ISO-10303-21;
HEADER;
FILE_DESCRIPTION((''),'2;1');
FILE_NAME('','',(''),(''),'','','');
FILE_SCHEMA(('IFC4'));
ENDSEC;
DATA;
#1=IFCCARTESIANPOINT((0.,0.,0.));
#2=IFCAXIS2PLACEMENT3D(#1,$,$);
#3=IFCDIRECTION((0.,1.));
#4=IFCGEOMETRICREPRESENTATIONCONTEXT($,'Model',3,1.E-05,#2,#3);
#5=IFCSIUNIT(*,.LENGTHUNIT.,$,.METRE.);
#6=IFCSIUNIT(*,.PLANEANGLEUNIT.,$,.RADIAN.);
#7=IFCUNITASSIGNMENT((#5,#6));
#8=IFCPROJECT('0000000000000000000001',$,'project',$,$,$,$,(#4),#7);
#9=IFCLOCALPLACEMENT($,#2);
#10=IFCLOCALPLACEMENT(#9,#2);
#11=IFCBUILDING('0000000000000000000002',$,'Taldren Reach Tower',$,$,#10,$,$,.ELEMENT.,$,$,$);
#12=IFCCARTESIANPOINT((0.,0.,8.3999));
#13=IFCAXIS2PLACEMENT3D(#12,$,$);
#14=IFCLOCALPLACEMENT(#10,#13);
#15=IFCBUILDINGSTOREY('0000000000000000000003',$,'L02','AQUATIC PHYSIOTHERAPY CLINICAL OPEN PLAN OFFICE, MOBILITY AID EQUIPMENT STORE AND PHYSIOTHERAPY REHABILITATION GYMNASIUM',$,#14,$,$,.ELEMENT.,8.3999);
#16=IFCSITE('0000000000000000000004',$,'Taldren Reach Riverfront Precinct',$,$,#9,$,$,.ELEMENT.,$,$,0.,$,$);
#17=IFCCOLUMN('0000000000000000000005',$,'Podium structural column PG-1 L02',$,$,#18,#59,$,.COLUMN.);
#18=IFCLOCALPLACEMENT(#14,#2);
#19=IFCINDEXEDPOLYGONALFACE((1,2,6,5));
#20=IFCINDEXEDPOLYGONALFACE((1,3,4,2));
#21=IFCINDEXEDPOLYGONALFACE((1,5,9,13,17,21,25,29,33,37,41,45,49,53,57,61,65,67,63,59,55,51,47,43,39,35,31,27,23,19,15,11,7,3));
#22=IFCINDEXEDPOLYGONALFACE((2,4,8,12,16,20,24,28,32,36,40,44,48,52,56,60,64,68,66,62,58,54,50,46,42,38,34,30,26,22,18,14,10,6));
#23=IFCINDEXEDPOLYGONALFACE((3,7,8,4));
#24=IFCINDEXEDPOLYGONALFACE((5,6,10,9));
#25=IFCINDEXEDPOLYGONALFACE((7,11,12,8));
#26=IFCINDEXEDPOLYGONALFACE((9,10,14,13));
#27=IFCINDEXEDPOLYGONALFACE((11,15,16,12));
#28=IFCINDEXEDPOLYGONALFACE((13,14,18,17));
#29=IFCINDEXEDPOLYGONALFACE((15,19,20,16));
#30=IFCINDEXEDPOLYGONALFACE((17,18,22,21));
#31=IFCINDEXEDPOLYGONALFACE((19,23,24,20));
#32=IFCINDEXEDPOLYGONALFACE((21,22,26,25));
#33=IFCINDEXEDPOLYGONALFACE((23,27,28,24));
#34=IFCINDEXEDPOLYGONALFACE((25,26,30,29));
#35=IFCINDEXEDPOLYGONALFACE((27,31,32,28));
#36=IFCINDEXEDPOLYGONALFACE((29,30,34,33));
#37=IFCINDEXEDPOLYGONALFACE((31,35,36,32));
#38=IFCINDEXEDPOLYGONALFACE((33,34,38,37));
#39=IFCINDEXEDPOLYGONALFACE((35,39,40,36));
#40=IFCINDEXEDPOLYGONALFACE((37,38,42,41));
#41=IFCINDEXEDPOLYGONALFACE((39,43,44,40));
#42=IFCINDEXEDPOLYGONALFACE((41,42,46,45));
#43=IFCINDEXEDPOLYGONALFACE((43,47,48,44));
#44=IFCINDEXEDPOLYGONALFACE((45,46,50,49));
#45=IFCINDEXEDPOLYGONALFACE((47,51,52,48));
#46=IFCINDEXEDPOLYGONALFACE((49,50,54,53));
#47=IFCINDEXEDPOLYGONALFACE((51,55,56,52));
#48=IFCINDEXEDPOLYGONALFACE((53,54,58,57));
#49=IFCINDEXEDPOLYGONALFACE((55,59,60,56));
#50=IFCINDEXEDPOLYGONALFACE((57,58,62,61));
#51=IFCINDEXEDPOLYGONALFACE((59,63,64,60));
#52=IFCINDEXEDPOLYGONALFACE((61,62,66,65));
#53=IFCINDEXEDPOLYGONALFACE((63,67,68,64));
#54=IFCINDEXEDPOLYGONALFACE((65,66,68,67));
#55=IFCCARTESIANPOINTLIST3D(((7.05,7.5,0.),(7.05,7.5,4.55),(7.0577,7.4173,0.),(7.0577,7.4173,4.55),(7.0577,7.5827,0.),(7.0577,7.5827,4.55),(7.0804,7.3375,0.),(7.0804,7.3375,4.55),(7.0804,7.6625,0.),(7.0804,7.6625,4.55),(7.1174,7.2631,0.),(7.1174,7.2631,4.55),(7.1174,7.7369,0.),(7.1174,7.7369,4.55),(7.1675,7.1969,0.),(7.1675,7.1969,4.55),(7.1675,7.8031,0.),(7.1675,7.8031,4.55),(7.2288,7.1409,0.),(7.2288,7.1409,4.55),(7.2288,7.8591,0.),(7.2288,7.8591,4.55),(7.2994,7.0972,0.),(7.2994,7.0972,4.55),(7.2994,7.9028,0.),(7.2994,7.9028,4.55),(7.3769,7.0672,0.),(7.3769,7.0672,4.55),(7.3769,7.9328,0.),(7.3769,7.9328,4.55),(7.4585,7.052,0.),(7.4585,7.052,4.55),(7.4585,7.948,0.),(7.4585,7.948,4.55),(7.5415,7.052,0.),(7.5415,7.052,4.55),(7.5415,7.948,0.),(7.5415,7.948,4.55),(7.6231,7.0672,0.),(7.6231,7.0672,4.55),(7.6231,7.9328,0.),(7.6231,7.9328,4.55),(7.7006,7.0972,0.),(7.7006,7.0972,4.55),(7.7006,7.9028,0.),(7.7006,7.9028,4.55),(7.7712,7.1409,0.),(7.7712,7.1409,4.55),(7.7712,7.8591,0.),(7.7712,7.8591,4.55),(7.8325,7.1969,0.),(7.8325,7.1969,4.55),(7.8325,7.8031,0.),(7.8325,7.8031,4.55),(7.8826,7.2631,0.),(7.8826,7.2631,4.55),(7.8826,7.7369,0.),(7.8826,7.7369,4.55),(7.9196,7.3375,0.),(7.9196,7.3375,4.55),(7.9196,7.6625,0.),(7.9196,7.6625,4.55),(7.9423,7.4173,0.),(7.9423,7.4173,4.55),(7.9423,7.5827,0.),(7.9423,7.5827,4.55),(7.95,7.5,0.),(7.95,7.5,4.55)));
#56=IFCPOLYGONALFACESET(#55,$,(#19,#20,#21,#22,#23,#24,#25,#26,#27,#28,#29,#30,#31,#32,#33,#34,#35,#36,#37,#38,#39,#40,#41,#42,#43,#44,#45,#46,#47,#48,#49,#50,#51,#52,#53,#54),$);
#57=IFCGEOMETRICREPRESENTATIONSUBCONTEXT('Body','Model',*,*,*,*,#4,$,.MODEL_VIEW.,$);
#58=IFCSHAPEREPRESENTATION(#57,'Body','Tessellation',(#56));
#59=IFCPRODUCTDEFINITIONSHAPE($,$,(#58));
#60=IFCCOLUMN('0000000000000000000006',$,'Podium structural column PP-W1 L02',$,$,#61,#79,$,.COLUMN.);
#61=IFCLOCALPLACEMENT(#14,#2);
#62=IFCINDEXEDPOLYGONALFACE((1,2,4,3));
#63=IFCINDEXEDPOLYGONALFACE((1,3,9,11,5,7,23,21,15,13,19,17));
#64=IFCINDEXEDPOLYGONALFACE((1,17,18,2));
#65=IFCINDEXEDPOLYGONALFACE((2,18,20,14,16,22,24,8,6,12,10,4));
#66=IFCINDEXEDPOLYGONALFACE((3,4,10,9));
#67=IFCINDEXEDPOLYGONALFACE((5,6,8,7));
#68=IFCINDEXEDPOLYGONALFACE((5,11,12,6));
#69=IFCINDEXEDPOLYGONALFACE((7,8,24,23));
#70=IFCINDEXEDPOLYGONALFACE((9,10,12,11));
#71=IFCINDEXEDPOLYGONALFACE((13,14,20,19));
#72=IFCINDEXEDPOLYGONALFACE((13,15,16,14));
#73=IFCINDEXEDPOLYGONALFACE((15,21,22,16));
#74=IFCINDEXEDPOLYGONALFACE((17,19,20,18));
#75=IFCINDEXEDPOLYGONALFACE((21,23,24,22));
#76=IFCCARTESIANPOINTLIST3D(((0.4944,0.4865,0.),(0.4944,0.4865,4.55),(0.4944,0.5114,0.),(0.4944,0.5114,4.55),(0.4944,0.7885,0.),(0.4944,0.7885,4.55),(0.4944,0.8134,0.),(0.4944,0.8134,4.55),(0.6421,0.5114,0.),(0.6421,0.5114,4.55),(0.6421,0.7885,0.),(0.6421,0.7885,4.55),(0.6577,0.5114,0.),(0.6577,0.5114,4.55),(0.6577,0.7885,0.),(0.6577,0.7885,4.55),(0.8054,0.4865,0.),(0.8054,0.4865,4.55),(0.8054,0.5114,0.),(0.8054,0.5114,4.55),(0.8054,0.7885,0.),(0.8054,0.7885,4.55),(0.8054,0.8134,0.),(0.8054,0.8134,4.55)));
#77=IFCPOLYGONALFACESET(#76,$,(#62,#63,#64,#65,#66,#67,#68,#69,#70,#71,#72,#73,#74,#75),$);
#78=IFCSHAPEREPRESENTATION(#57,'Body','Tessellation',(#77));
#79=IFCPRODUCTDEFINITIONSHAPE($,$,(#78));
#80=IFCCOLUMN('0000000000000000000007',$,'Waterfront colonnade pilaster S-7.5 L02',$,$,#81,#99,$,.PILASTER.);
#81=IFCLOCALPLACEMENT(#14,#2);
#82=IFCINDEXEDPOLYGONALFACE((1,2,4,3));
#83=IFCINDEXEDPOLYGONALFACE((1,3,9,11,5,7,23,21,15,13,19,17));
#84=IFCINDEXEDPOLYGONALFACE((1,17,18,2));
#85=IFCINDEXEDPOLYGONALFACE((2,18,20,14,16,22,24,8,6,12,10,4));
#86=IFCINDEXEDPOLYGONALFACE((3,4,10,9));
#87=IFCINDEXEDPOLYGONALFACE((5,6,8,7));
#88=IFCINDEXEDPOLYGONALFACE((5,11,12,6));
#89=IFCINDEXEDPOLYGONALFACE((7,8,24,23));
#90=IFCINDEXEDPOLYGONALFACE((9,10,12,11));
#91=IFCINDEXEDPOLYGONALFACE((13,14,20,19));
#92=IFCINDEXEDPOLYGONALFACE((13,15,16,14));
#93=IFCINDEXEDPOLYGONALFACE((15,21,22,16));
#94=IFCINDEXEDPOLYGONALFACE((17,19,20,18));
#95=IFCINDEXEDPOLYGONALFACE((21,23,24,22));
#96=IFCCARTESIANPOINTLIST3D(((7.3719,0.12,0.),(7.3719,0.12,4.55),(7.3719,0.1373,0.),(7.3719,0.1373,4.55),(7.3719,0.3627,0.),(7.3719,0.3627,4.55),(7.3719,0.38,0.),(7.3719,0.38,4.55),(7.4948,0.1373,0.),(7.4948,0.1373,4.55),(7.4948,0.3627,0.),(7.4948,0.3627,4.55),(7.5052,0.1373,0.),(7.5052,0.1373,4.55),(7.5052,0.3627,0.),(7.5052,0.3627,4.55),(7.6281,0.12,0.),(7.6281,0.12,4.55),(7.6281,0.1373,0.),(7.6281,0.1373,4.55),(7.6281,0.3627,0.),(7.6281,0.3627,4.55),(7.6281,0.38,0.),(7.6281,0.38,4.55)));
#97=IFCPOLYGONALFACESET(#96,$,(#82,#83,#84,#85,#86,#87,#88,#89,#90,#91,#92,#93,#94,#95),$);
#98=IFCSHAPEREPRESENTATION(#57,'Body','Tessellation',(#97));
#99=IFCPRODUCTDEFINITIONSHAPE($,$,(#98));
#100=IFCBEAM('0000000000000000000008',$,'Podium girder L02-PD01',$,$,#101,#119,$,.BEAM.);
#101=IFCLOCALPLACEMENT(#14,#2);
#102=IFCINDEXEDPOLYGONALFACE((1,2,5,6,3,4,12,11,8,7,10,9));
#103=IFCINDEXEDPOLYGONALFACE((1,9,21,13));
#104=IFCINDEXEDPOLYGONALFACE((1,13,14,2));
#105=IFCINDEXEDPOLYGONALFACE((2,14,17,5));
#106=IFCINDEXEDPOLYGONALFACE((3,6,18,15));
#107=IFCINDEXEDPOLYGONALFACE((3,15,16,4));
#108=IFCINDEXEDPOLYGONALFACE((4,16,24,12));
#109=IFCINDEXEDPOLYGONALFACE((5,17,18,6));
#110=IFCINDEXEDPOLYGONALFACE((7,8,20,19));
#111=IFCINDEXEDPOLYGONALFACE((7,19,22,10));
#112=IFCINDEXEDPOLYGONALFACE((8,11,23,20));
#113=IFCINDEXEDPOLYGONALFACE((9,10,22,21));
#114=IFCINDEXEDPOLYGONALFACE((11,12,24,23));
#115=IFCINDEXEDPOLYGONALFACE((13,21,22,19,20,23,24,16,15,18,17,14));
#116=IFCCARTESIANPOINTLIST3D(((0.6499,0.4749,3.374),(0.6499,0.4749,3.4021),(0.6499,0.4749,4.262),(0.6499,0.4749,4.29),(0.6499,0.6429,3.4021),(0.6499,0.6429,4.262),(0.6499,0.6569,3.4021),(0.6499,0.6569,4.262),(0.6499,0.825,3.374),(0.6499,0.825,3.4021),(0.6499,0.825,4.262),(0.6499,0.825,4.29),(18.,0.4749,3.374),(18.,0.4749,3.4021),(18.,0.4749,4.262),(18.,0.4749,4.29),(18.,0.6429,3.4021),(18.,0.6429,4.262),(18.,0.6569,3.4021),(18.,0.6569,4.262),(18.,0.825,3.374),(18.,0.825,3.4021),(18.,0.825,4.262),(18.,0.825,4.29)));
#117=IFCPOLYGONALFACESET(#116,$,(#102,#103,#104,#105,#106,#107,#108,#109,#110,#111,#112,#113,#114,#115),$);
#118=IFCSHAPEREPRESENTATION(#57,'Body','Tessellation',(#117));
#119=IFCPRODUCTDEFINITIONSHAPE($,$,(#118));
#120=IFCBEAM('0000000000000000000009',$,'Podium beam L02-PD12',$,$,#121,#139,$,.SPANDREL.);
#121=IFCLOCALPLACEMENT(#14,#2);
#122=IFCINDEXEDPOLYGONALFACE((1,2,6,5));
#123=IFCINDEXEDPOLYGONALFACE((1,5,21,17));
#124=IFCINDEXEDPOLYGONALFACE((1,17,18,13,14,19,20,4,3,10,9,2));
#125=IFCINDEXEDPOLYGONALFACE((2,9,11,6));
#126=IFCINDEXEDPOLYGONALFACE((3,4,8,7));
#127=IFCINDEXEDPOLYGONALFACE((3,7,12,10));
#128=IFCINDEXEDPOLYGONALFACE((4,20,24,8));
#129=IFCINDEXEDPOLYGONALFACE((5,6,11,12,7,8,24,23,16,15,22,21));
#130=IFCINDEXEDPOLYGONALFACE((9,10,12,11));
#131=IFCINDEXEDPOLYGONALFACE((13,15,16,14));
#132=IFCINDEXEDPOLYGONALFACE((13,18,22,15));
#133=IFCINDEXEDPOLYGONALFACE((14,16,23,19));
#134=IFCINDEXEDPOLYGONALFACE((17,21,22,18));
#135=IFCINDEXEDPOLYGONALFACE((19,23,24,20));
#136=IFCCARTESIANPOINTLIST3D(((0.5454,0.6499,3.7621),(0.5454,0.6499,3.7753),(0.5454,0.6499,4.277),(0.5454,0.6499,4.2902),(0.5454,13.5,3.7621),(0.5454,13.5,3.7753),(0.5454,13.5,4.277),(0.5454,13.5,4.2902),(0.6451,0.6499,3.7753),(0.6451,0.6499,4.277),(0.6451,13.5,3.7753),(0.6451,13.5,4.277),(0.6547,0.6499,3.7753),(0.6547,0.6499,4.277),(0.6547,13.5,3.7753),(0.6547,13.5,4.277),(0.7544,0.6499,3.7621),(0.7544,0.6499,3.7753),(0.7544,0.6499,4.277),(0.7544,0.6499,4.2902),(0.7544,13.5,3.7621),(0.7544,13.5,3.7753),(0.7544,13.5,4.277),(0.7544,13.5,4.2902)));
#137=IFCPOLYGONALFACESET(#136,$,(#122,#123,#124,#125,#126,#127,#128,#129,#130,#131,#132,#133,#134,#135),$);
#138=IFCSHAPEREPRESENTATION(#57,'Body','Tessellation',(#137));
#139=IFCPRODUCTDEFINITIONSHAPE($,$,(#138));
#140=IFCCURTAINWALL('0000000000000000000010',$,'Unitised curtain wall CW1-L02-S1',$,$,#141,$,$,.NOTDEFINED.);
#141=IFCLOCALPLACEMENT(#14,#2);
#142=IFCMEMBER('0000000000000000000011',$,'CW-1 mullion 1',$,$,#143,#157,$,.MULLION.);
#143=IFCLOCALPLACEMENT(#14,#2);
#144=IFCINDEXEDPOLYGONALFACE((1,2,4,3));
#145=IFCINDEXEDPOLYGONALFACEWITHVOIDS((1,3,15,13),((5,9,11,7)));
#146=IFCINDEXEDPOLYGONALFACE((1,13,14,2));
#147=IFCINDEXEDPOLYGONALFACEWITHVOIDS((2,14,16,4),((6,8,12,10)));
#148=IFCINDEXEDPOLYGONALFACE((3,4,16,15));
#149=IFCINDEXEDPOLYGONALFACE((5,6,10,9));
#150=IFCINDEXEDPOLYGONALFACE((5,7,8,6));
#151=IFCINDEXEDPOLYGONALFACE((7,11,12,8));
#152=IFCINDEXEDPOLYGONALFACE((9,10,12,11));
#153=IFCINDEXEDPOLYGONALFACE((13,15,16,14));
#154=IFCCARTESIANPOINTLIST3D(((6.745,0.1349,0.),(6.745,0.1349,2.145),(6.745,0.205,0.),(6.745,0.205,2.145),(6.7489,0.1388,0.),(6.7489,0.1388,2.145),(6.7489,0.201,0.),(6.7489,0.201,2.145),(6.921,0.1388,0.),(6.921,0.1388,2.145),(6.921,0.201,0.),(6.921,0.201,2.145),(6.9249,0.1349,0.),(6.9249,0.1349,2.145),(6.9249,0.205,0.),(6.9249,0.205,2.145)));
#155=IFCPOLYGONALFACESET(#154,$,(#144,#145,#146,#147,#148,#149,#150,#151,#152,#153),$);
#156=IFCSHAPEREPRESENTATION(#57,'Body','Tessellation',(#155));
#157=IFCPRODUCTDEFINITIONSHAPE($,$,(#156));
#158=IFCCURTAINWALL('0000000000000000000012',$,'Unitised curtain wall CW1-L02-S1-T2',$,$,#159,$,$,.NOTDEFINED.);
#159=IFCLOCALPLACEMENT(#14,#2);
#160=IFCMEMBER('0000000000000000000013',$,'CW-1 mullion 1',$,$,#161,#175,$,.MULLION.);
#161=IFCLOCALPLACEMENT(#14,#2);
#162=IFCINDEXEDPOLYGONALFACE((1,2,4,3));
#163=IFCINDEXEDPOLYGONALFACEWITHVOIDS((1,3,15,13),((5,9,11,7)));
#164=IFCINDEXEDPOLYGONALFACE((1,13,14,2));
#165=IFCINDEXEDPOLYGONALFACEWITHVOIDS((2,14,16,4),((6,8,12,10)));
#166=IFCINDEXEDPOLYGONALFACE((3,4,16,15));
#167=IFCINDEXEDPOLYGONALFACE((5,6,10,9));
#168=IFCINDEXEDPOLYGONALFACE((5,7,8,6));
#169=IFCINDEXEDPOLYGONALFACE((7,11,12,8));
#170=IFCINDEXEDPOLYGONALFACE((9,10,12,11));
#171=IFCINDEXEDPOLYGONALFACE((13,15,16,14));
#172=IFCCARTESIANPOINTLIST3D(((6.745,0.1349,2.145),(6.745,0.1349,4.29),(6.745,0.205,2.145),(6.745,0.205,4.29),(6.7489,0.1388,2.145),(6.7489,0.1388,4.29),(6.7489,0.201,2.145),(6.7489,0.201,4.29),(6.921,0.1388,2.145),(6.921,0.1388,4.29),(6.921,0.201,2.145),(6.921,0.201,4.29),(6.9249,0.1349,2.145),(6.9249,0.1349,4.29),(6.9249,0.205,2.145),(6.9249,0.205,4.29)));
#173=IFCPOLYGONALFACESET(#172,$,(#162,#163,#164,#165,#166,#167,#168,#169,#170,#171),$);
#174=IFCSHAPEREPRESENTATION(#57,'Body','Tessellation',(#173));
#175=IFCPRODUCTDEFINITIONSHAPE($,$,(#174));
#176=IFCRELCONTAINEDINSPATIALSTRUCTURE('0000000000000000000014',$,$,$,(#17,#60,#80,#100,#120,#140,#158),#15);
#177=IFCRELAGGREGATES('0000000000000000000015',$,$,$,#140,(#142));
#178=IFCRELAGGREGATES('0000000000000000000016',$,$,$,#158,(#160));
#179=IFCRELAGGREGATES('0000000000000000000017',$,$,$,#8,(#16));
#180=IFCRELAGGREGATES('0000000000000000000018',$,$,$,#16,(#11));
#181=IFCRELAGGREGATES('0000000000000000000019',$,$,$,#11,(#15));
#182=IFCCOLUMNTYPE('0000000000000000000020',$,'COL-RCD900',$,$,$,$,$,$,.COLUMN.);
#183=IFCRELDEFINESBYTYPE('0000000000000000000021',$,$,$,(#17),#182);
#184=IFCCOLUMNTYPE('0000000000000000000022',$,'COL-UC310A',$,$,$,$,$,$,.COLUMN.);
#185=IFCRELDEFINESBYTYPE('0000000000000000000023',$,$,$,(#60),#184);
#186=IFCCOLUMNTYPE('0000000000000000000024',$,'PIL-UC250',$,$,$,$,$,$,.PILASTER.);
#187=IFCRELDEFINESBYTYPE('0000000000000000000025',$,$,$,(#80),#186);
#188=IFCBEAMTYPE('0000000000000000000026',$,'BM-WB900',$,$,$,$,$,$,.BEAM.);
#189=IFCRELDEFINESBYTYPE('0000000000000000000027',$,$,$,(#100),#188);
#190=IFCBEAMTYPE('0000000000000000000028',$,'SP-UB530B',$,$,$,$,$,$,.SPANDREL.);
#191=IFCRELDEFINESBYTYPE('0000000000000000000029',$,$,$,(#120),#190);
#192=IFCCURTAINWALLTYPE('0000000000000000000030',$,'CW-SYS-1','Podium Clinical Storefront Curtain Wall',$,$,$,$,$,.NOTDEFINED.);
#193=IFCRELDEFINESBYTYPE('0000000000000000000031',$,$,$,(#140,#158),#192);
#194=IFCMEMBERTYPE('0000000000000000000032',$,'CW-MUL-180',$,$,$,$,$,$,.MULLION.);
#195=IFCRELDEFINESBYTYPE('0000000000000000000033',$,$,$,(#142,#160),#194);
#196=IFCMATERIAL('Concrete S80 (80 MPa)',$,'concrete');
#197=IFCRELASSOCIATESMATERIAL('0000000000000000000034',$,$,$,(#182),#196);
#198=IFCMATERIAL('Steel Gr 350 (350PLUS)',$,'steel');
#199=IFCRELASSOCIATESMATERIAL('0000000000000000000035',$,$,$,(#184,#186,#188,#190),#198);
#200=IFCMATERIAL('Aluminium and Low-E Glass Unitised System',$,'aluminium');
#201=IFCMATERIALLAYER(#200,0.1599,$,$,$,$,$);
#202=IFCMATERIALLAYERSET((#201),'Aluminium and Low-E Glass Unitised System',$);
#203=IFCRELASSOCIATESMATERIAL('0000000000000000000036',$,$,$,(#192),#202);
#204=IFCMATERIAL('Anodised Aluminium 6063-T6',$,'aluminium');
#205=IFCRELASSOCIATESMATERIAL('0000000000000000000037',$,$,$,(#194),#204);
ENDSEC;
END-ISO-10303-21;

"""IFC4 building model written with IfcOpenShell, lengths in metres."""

from ifc_helpers import new_model, si_unit, direction, frame, origin, origin_2d, place, context, subcontext, project, spatial, hollow_rectangle, circle, i_section, extrude, source, transform, mapped, material, layer, layer_set, material_profile, profile_set, type_object, element, aggregate, save


model = new_model("IFC4")

# Units and contexts
model_context = context("Model", 3, precision=1e-05, world=origin(), true_north=direction((0.0, 1.0)))
body_context = subcontext(model_context, "Body", "Model", "MODEL_VIEW")
ifc_project = project(units=[si_unit("LENGTHUNIT", "METRE"), si_unit("PLANEANGLEUNIT", "RADIAN")], contexts=[model_context])

# Site, building, storey
site_placement = place(None, origin())
site = spatial("IfcSite", under=ifc_project, at=site_placement, Name="Taldren Reach Riverfront Precinct", CompositionType="ELEMENT", RefElevation=0.0)
building_placement = place(site_placement, origin())
building = spatial("IfcBuilding", under=site, at=building_placement, Name="Taldren Reach Tower", CompositionType="ELEMENT")
storey_placement = place(building_placement, frame((0.0, 0.0, 8.3999)))
storey = spatial("IfcBuildingStorey", under=building, at=storey_placement, Name="L02", Description="AQUATIC PHYSIOTHERAPY CLINICAL OPEN PLAN OFFICE, MOBILITY AID EQUIPMENT STORE AND PHYSIOTHERAPY REHABILITATION GYMNASIUM", CompositionType="ELEMENT", Elevation=8.3999)

# Columns
ifc_material_1 = material(Name="Concrete S80 (80 MPa)", Category="concrete")
ifc_material_profile_1 = material_profile(ifc_material_1, circle(Radius=0.45, at=origin_2d()), Name="RC-900D")
ifc_profile_set_1 = profile_set([ifc_material_profile_1], Name="Concrete S80 (80 MPa)")
column_type_1 = type_object("IfcColumnType", Name="COL-RCD900", PredefinedType="COLUMN", material=ifc_profile_set_1)
shared_shape_1 = source(origin(), body_context, "Body", "SweptSolid", [
    extrude(circle(Radius=0.45, at=origin_2d()), origin(), (0.0, 0.0, 1.0), 4.55),
])
column_1_placement = place(storey_placement, frame((7.5, 7.5, 0.0), z_axis=(0.0, 0.0, 1.0), x_axis=(1.0, 0.0, 0.0)))
element("IfcColumn", 1, at=column_1_placement, inside=storey, type_object=column_type_1, Name="Podium structural column PG-1 L02", PredefinedType="COLUMN", context=body_context, shape_type="MappedRepresentation", body=[
    mapped(shared_shape_1, transform((0.0, 0.0, 0.0), scale=1.0)),
])
ifc_material_2 = material(Name="Steel Gr 350 (350PLUS)", Category="steel")
ifc_material_profile_2 = material_profile(ifc_material_2, i_section(OverallWidth=0.311, OverallDepth=0.3269, WebThickness=0.0156, FlangeThickness=0.0249, at=origin_2d()), Name="310UC158")
ifc_profile_set_2 = profile_set([ifc_material_profile_2], Name="Steel Gr 350 (350PLUS)")
column_type_2 = type_object("IfcColumnType", Name="COL-UC310A", PredefinedType="COLUMN", material=ifc_profile_set_2)
shared_shape_2 = source(origin(), body_context, "Body", "SweptSolid", [
    extrude(i_section(OverallWidth=0.311, OverallDepth=0.3269, WebThickness=0.0156, FlangeThickness=0.0249, at=origin_2d()), origin(), (0.0, 0.0, 1.0), 4.55),
])
column_2_placement = place(storey_placement, frame((0.6499, 0.6499, 0.0), z_axis=(0.0, 0.0, 1.0), x_axis=(1.0, 0.0, 0.0)))
element("IfcColumn", 2, at=column_2_placement, inside=storey, type_object=column_type_2, Name="Podium structural column PP-W1 L02", PredefinedType="COLUMN", context=body_context, shape_type="MappedRepresentation", body=[
    mapped(shared_shape_2, transform((0.0, 0.0, 0.0), scale=1.0)),
])
ifc_material_profile_3 = material_profile(ifc_material_2, i_section(OverallWidth=0.2561, OverallDepth=0.26, WebThickness=0.0105, FlangeThickness=0.0173, at=origin_2d()), Name="250UC89.5")
ifc_profile_set_3 = profile_set([ifc_material_profile_3], Name="Steel Gr 350 (350PLUS)")
column_type_3 = type_object("IfcColumnType", Name="PIL-UC250", PredefinedType="PILASTER", material=ifc_profile_set_3)
shared_shape_3 = source(origin(), body_context, "Body", "SweptSolid", [
    extrude(i_section(OverallWidth=0.2561, OverallDepth=0.26, WebThickness=0.0105, FlangeThickness=0.0173, at=origin_2d()), origin(), (0.0, 0.0, 1.0), 4.55),
])
column_3_placement = place(storey_placement, frame((7.5, 0.25, 0.0), z_axis=(0.0, 0.0, 1.0), x_axis=(1.0, 0.0, 0.0)))
element("IfcColumn", 3, at=column_3_placement, inside=storey, type_object=column_type_3, Name="Waterfront colonnade pilaster S-7.5 L02", PredefinedType="PILASTER", context=body_context, shape_type="MappedRepresentation", body=[
    mapped(shared_shape_3, transform((0.0, 0.0, 0.0), scale=1.0)),
])

# Beams
ifc_material_profile_4 = material_profile(ifc_material_2, i_section(OverallWidth=0.3501, OverallDepth=0.916, WebThickness=0.0139, FlangeThickness=0.0281, at=origin_2d()), Name="900WB257")
ifc_profile_set_4 = profile_set([ifc_material_profile_4], Name="Steel Gr 350 (350PLUS)")
beam_type_1 = type_object("IfcBeamType", Name="BM-WB900", PredefinedType="BEAM", material=ifc_profile_set_4)
shared_shape_4 = source(origin(), body_context, "Body", "SweptSolid", [
    extrude(i_section(OverallWidth=0.3501, OverallDepth=0.916, WebThickness=0.0139, FlangeThickness=0.0281, at=origin_2d()), origin(), (0.0, 0.0, 1.0), 17.3501),
])
beam_1_placement = place(storey_placement, frame((0.6499, 0.6499, 3.832), z_axis=(1.0, 0.0, 0.0), x_axis=(0.0, 1.0, 0.0)))
element("IfcBeam", 4, at=beam_1_placement, inside=storey, type_object=beam_type_1, Name="Podium girder L02-PD01", PredefinedType="BEAM", context=body_context, shape_type="MappedRepresentation", body=[
    mapped(shared_shape_4, transform((0.0, 0.0, 0.0), scale=1.0)),
])
ifc_material_profile_5 = material_profile(ifc_material_2, i_section(OverallWidth=0.209, OverallDepth=0.5281, WebThickness=0.0095, FlangeThickness=0.0132, at=origin_2d()), Name="530UB82.0")
ifc_profile_set_5 = profile_set([ifc_material_profile_5], Name="Steel Gr 350 (350PLUS)")
beam_type_2 = type_object("IfcBeamType", Name="SP-UB530B", PredefinedType="SPANDREL", material=ifc_profile_set_5)
shared_shape_5 = source(origin(), body_context, "Body", "SweptSolid", [
    extrude(i_section(OverallWidth=0.209, OverallDepth=0.5281, WebThickness=0.0095, FlangeThickness=0.0132, at=origin_2d()), origin(), (0.0, 0.0, 1.0), 12.8501),
])
beam_2_placement = place(storey_placement, frame((0.6499, 0.6499, 4.0261), z_axis=(0.0, 1.0, 0.0), x_axis=(-1.0, 0.0, 0.0)))
element("IfcBeam", 5, at=beam_2_placement, inside=storey, type_object=beam_type_2, Name="Podium beam L02-PD12", PredefinedType="SPANDREL", context=body_context, shape_type="MappedRepresentation", body=[
    mapped(shared_shape_5, transform((0.0, 0.0, 0.0), scale=1.0)),
])

# Curtain walls, members
ifc_material_3 = material(Name="Aluminium and Low-E Glass Unitised System", Category="aluminium")
ifc_layer_1 = layer(ifc_material_3, 0.1599)
ifc_layer_set_1 = layer_set([ifc_layer_1], Name="Aluminium and Low-E Glass Unitised System")
curtain_wall_type = type_object("IfcCurtainWallType", Name="CW-SYS-1", Description="Podium Clinical Storefront Curtain Wall", PredefinedType="NOTDEFINED", material=ifc_layer_set_1)
curtain_wall_1_placement = place(storey_placement, origin())
curtain_wall_1 = element("IfcCurtainWall", 6, at=curtain_wall_1_placement, inside=storey, type_object=curtain_wall_type, Name="Unitised curtain wall CW1-L02-S1", PredefinedType="NOTDEFINED")
ifc_material_4 = material(Name="Anodised Aluminium 6063-T6", Category="aluminium")
ifc_material_profile_6 = material_profile(ifc_material_4, hollow_rectangle(XDim=0.0701, YDim=0.1799, WallThickness=0.0039, at=origin_2d()), Name="ALU-180x70x4RHS")
ifc_profile_set_6 = profile_set([ifc_material_profile_6], Name="Anodised Aluminium 6063-T6")
member_type_1 = type_object("IfcMemberType", Name="CW-MUL-180", PredefinedType="MULLION", material=ifc_profile_set_6)
shared_shape_6 = source(origin(), body_context, "Body", "SweptSolid", [
    extrude(hollow_rectangle(XDim=0.0701, YDim=0.1799, WallThickness=0.0039, at=origin_2d()), origin(), (0.0, 0.0, 1.0), 2.145),
])
member_1_placement = place(storey_placement, frame((6.835, 0.1699, 0.0), z_axis=(0.0, 0.0, 1.0), x_axis=(0.0, 1.0, 0.0)))
member_1 = element("IfcMember", 7, at=member_1_placement, type_object=member_type_1, Name="CW-1 mullion 1", PredefinedType="MULLION", context=body_context, shape_type="MappedRepresentation", body=[
    mapped(shared_shape_6, transform((0.0, 0.0, 0.0), scale=1.0)),
])
curtain_wall_2_placement = place(storey_placement, origin())
curtain_wall_2 = element("IfcCurtainWall", 8, at=curtain_wall_2_placement, inside=storey, type_object=curtain_wall_type, Name="Unitised curtain wall CW1-L02-S1-T2", PredefinedType="NOTDEFINED")
member_2_placement = place(storey_placement, frame((6.835, 0.1699, 2.145), z_axis=(0.0, 0.0, 1.0), x_axis=(0.0, 1.0, 0.0)))
member_2 = element("IfcMember", 9, at=member_2_placement, type_object=member_type_1, Name="CW-1 mullion 1", PredefinedType="MULLION", context=body_context, shape_type="MappedRepresentation", body=[
    mapped(shared_shape_6, transform((0.0, 0.0, 0.0), scale=1.0)),
])

aggregate(curtain_wall_1, [member_1])
aggregate(curtain_wall_2, [member_2])

save(model, "model.ifc")
